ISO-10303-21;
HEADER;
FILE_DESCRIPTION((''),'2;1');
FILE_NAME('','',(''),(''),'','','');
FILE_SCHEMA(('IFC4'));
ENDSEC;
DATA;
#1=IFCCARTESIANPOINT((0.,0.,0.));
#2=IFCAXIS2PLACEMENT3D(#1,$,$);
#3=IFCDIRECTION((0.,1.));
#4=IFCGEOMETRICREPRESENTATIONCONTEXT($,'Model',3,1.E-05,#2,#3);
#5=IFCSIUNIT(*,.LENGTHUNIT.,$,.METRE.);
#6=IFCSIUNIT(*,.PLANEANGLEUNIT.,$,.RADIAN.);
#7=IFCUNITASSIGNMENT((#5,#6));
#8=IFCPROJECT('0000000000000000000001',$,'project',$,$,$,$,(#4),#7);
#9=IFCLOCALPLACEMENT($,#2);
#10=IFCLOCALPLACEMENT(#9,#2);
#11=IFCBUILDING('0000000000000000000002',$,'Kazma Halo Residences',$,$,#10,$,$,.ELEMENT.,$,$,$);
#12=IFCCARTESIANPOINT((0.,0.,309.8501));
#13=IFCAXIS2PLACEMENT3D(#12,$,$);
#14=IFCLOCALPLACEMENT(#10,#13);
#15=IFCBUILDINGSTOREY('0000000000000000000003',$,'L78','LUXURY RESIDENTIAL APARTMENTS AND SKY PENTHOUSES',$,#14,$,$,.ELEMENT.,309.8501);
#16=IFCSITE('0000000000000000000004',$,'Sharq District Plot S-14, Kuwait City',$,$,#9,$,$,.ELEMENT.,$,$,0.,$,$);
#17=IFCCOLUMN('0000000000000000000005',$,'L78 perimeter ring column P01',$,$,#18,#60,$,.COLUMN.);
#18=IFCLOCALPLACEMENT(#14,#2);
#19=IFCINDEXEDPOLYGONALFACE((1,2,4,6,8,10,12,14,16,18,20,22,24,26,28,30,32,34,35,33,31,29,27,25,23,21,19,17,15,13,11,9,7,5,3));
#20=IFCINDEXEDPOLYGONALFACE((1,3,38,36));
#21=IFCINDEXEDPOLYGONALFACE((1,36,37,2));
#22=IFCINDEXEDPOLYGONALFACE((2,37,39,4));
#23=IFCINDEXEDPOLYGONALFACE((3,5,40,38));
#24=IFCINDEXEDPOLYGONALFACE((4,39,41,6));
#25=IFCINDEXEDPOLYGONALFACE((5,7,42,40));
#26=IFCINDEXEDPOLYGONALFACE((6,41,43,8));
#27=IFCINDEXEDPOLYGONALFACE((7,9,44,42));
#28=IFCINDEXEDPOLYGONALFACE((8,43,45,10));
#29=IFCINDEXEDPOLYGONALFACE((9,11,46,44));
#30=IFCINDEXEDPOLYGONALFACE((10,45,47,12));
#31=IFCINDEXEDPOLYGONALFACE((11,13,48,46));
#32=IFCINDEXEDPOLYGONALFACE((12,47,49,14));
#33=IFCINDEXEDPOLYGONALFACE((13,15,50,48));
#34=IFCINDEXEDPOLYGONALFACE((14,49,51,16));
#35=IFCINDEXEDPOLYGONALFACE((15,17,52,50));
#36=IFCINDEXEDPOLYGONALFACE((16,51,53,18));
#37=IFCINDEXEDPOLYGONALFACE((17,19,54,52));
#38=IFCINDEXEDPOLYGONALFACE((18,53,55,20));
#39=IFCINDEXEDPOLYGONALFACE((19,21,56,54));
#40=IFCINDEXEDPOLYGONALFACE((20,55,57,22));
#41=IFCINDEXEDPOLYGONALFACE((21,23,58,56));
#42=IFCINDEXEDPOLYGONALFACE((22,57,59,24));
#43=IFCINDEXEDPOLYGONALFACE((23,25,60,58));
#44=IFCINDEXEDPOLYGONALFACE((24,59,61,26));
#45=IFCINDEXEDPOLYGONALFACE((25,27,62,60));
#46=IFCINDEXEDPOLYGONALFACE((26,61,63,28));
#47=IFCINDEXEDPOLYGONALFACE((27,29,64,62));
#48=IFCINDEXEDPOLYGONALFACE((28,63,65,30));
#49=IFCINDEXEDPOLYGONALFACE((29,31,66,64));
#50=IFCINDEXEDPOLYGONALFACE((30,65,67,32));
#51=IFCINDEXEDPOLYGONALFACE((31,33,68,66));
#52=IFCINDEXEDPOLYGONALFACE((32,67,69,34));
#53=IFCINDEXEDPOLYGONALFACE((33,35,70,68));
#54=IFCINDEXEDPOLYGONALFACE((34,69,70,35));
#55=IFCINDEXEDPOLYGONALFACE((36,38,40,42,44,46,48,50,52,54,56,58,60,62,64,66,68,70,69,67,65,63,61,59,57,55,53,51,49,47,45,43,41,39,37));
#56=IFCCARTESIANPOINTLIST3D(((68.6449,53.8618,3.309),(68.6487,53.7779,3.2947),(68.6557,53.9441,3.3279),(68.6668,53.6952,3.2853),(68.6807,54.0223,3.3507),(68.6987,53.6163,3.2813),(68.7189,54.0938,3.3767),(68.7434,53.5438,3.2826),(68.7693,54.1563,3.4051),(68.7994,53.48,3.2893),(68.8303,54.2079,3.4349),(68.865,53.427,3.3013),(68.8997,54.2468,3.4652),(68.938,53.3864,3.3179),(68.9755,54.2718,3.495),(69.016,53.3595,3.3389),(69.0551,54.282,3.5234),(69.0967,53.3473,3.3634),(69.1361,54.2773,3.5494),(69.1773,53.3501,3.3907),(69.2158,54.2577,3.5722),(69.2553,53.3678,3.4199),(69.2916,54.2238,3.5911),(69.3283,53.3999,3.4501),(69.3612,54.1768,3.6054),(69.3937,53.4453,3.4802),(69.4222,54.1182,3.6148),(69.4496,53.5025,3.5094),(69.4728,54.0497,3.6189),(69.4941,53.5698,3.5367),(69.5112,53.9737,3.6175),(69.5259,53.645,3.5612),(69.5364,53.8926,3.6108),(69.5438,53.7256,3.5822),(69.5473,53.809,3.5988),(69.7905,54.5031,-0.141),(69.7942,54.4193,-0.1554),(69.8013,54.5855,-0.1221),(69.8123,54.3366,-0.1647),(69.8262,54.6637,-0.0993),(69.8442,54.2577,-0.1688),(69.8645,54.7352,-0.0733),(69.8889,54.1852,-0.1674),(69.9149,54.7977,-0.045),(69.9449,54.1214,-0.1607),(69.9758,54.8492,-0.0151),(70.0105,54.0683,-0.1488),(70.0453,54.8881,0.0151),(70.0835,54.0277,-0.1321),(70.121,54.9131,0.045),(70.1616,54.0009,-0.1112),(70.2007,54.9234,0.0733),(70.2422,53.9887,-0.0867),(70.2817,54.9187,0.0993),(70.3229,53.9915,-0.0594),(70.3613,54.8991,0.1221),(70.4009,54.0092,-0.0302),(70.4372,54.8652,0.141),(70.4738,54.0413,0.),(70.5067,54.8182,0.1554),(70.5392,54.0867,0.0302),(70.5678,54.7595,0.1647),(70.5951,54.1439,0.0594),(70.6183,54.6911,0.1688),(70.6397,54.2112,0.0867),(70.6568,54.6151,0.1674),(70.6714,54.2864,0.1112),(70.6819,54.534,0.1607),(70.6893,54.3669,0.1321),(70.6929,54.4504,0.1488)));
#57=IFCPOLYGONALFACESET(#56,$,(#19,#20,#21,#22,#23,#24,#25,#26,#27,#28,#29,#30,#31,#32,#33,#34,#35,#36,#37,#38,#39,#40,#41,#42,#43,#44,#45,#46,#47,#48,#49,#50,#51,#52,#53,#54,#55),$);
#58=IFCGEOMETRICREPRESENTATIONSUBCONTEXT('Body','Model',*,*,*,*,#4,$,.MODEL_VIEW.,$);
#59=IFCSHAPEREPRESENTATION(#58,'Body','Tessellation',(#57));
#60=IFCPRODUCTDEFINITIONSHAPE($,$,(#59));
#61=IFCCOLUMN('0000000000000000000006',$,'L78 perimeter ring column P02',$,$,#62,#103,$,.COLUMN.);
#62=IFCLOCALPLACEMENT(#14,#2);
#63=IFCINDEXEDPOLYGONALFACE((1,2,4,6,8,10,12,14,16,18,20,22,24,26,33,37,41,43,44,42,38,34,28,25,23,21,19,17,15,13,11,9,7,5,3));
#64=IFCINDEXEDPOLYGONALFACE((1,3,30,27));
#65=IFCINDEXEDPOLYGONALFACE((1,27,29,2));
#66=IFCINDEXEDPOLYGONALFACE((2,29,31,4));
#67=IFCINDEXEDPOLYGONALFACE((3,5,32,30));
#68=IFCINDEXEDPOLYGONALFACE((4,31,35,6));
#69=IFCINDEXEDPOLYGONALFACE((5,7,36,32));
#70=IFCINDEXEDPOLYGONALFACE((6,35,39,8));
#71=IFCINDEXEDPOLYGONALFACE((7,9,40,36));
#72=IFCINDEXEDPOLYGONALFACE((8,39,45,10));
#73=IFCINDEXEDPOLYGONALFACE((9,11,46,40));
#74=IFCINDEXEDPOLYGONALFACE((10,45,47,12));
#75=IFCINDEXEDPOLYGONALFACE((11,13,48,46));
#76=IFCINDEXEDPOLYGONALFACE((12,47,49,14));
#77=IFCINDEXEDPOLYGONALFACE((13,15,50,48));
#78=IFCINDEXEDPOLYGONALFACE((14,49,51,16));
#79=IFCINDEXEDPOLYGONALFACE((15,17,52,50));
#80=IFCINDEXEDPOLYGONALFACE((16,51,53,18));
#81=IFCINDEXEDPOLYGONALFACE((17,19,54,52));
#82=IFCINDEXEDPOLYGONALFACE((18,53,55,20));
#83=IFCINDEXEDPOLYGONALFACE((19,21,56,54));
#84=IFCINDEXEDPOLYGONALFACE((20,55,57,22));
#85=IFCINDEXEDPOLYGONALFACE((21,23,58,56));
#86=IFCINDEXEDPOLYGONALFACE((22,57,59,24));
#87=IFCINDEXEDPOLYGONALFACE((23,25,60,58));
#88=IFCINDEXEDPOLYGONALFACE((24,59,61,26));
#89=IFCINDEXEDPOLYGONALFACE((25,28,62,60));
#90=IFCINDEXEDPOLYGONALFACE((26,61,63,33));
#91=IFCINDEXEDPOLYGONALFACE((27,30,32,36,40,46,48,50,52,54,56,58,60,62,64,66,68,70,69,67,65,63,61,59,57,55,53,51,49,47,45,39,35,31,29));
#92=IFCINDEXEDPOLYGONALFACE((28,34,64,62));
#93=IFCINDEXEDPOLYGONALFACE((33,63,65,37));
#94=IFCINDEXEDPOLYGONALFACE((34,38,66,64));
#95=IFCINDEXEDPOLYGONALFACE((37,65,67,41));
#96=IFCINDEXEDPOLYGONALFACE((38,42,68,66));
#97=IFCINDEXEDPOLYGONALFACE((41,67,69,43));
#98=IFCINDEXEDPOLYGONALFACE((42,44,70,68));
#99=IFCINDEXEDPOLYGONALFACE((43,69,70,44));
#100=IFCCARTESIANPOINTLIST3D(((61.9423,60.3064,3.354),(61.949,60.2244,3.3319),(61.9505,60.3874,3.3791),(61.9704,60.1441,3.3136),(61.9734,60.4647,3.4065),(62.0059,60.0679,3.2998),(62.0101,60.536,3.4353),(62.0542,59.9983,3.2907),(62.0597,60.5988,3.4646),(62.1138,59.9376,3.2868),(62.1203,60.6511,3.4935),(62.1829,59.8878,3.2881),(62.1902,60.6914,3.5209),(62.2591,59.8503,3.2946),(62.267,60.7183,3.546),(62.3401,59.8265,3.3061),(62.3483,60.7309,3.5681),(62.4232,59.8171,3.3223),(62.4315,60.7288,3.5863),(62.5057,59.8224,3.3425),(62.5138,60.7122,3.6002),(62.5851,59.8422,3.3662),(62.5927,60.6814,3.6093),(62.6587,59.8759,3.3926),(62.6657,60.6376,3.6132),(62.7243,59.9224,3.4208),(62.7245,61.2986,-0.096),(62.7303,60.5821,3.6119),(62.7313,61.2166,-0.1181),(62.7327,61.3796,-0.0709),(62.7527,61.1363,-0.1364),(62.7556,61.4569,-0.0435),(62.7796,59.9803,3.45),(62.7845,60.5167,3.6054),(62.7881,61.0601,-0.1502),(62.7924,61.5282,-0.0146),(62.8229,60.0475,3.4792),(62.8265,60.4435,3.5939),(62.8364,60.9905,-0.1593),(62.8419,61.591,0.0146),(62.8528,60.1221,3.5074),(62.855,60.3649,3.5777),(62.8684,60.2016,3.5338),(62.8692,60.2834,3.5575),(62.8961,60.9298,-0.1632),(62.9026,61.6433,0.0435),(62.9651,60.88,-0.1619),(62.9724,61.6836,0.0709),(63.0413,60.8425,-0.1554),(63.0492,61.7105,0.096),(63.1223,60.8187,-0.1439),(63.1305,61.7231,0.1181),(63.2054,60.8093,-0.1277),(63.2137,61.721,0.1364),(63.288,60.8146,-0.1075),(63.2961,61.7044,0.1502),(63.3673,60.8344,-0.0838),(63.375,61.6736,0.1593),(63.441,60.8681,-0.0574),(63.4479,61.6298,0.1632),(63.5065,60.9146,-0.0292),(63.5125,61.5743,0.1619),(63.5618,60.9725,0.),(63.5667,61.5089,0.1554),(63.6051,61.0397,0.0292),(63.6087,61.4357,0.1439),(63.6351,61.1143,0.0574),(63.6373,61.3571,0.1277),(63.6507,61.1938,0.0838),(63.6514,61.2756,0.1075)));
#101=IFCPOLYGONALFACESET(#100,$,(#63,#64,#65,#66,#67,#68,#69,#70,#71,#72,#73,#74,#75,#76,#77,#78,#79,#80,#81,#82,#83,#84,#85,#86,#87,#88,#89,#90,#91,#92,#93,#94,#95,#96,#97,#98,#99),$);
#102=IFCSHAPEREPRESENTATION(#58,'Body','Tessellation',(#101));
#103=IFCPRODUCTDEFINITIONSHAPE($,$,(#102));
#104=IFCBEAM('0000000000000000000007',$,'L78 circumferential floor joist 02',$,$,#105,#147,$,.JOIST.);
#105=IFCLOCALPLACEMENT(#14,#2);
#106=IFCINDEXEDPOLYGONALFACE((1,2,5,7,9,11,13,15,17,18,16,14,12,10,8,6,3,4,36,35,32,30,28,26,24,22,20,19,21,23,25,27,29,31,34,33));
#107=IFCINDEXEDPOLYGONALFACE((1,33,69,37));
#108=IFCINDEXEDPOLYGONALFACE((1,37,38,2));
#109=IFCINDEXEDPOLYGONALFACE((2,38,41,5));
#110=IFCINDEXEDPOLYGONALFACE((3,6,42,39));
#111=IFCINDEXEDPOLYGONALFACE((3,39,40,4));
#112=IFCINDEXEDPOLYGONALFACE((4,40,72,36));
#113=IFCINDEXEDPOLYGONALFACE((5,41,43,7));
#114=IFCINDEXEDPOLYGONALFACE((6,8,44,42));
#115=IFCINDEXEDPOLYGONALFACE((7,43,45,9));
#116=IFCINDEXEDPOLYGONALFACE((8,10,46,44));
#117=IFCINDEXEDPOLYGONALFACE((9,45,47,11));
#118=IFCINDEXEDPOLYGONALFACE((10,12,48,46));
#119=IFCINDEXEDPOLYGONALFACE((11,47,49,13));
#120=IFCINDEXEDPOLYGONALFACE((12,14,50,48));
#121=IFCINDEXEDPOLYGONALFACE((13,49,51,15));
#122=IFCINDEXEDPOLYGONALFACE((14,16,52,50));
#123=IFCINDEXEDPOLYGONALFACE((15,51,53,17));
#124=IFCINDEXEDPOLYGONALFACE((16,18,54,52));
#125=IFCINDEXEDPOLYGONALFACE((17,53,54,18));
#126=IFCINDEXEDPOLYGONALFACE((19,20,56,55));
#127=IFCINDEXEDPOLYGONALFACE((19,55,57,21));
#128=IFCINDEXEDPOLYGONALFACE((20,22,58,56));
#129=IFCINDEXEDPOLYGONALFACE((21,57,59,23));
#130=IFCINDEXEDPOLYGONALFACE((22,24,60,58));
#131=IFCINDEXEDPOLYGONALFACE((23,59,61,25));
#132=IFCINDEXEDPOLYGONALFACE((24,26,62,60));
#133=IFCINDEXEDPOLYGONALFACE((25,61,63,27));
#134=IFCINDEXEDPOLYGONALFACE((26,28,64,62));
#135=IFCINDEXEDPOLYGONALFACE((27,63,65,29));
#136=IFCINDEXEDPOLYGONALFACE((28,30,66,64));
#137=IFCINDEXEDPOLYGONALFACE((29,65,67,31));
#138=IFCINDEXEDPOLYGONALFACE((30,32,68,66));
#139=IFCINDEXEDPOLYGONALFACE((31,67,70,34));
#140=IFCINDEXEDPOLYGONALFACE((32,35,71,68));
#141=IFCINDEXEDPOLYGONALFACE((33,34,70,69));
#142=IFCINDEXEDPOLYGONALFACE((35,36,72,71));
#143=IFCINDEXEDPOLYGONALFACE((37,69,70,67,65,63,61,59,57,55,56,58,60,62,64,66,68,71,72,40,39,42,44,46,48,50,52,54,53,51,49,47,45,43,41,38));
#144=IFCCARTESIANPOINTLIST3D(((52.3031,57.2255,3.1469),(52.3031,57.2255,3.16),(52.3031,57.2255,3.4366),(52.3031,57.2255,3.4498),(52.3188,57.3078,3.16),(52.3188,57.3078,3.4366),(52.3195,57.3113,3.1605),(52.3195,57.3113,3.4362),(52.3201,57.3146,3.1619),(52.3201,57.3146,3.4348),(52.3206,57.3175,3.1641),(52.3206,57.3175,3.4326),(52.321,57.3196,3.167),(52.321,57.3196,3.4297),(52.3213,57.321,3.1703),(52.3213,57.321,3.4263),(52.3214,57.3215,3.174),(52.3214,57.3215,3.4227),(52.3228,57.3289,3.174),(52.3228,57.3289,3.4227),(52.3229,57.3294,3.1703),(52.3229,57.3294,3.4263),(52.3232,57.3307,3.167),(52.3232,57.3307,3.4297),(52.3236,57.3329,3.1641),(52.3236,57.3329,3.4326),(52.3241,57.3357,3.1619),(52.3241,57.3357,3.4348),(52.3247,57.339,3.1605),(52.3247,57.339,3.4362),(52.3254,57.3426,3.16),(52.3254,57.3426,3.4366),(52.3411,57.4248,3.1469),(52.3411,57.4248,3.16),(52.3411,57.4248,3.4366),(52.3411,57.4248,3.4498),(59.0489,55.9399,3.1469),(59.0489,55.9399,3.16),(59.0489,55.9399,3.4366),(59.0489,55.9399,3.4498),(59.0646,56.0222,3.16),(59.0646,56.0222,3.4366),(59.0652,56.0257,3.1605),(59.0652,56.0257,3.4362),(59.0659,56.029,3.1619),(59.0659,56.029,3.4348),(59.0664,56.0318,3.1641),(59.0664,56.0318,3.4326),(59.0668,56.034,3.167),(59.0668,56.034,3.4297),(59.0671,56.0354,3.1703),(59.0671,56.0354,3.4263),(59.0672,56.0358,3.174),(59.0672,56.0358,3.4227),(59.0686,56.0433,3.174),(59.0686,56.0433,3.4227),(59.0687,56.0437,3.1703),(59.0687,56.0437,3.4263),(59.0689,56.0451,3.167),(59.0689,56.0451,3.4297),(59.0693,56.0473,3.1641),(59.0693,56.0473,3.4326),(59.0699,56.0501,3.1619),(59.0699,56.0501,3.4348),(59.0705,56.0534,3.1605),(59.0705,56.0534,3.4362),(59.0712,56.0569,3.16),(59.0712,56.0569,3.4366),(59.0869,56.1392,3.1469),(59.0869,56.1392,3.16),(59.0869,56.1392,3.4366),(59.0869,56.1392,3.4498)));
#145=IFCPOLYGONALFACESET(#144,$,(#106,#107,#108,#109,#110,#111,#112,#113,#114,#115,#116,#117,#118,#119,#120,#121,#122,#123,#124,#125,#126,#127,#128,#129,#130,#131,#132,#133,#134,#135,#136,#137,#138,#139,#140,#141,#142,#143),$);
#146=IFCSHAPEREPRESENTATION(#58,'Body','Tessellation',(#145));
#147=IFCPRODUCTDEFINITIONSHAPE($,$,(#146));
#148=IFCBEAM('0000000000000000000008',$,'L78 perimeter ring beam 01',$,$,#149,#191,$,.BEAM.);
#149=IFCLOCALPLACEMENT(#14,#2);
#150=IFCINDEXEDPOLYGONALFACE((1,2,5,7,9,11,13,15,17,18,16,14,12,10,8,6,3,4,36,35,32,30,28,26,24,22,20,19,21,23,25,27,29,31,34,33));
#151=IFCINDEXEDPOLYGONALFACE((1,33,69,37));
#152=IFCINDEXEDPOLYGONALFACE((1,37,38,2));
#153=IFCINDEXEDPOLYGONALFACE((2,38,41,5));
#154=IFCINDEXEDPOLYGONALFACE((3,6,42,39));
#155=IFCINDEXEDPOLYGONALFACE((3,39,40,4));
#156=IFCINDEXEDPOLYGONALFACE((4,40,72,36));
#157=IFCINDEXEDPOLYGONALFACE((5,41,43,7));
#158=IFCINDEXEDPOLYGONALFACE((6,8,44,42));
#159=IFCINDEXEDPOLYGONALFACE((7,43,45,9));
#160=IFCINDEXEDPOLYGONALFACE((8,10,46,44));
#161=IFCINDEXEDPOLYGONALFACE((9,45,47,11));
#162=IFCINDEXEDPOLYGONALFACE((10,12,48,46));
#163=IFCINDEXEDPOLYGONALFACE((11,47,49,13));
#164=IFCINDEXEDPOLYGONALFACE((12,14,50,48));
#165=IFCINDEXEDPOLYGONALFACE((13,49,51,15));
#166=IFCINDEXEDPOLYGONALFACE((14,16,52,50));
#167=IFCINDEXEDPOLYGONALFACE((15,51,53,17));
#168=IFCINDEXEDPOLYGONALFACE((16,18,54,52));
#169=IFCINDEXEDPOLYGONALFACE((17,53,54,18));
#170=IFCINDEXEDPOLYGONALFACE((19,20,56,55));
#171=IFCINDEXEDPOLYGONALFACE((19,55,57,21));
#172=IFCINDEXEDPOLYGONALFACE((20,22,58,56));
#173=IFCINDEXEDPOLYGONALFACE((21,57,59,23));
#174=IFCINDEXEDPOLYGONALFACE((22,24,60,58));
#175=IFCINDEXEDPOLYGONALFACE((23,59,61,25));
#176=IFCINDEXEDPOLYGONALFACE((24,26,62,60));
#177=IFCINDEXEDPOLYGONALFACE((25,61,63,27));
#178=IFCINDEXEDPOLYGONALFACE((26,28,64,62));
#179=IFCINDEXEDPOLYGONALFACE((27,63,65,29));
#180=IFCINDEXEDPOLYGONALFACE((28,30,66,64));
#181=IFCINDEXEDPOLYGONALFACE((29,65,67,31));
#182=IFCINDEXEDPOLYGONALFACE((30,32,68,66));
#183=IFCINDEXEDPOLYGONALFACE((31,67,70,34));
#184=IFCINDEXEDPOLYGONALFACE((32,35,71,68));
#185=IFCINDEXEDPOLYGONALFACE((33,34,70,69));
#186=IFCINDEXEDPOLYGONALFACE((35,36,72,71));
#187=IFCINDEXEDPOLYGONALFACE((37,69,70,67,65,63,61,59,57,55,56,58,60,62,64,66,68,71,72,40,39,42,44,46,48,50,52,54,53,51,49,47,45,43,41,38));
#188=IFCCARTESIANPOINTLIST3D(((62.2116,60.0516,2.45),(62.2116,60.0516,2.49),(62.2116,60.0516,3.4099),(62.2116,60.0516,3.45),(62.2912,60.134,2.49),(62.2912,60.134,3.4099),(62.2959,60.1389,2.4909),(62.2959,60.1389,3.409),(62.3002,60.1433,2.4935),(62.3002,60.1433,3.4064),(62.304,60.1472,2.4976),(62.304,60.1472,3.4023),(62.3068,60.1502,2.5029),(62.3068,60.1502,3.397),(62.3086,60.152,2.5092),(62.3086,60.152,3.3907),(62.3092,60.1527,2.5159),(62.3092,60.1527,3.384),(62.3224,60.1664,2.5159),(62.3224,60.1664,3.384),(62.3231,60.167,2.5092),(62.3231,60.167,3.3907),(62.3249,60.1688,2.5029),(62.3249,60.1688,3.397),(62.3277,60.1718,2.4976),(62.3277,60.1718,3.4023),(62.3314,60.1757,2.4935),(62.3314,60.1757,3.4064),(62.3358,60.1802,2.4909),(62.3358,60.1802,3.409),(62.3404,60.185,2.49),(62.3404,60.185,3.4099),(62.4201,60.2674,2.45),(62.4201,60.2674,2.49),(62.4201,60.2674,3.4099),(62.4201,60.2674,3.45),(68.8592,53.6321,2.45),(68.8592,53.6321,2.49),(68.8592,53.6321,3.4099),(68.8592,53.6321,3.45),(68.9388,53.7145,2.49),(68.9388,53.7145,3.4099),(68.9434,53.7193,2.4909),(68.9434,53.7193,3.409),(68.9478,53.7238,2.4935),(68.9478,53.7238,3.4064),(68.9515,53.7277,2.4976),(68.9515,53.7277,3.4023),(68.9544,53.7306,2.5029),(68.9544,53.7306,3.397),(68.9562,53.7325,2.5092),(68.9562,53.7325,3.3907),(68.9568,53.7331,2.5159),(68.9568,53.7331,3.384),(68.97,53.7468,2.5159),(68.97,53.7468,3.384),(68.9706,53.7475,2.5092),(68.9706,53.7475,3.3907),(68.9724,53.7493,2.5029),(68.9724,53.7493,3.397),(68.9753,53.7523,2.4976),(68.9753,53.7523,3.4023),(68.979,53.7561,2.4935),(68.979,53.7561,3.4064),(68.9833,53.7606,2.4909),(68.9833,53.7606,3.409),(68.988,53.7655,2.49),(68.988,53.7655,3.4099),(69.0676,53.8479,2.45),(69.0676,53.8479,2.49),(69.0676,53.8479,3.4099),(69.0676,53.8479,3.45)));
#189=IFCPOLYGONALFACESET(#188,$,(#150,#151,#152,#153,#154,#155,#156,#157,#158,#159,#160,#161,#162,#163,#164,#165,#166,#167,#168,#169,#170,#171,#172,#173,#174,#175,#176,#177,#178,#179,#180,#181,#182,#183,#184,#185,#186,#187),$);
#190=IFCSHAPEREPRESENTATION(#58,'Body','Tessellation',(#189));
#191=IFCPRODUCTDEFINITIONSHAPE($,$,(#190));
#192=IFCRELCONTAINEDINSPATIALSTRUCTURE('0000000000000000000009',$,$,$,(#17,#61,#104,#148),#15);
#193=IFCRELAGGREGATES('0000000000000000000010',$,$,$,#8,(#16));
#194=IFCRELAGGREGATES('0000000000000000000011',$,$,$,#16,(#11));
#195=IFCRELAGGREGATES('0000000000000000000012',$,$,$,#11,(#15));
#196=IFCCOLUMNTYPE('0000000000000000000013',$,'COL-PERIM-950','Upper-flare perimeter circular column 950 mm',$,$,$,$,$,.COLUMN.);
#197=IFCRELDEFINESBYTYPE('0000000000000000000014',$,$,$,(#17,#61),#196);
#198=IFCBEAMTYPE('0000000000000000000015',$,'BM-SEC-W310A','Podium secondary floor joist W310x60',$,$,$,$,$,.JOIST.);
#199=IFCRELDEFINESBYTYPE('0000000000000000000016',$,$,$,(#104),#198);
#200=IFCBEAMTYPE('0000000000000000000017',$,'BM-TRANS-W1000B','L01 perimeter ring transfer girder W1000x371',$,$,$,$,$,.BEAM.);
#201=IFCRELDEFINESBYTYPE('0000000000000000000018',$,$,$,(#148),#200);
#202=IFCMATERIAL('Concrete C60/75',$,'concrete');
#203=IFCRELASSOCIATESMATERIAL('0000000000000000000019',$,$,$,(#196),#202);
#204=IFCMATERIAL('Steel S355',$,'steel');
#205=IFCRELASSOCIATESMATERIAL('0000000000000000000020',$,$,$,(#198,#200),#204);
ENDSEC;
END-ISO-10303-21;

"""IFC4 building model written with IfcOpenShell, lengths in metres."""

from ifc_helpers import new_model, si_unit, direction, frame, origin, origin_2d, place, context, subcontext, project, spatial, circle, i_section, extrude, material, material_profile, profile_set, type_object, element, save


model = new_model("IFC4")

# Units and contexts
model_context = context("Model", 3, precision=1e-05, world=origin(), true_north=direction((0.0, 1.0)))
body_context = subcontext(model_context, "Body", "Model", "MODEL_VIEW")
ifc_project = project(units=[si_unit("LENGTHUNIT", "METRE"), si_unit("PLANEANGLEUNIT", "RADIAN")], contexts=[model_context])

# Site, building, storey
site_placement = place(None, origin())
site = spatial("IfcSite", under=ifc_project, at=site_placement, Name="Sharq District Plot S-14, Kuwait City", CompositionType="ELEMENT", RefElevation=0.0)
building_placement = place(site_placement, origin())
building = spatial("IfcBuilding", under=site, at=building_placement, Name="Kazma Halo Residences", CompositionType="ELEMENT")
storey_placement = place(building_placement, frame((0.0, 0.0, 309.8501)))
storey = spatial("IfcBuildingStorey", under=building, at=storey_placement, Name="L78", Description="LUXURY RESIDENTIAL APARTMENTS AND SKY PENTHOUSES", CompositionType="ELEMENT", Elevation=309.8501)

# Columns
ifc_material_1 = material(Name="Concrete C60/75", Category="concrete")
ifc_material_profile_1 = material_profile(ifc_material_1, circle(Radius=0.4751, at=origin_2d()), Name="CIRC950")
ifc_profile_set_1 = profile_set([ifc_material_profile_1], Name="Concrete C60/75")
column_type = type_object("IfcColumnType", Name="COL-PERIM-950", Description="Upper-flare perimeter circular column 950 mm", PredefinedType="COLUMN", material=ifc_profile_set_1)
column_1_placement = place(storey_placement, frame((70.2417, 54.4558, 0.0), z_axis=(-0.310326, -0.173748, 0.934617), x_axis=(0.48853, -0.872547, 0.0)))
element("IfcColumn", 1, at=column_1_placement, inside=storey, type_object=column_type, Name="L78 perimeter ring column P01", PredefinedType="COLUMN", context=body_context, shape_type="SweptSolid", body=[
    extrude(circle(Radius=0.4751, at=origin_2d()), origin(), (0.0, 0.0, 1.0), 3.6914),
])
column_2_placement = place(storey_placement, frame((63.1887, 61.2666, 0.0), z_axis=(-0.212907, -0.270054, 0.939011), x_axis=(0.785298, -0.619118, 0.0)))
element("IfcColumn", 2, at=column_2_placement, inside=storey, type_object=column_type, Name="L78 perimeter ring column P02", PredefinedType="COLUMN", context=body_context, shape_type="SweptSolid", body=[
    extrude(circle(Radius=0.4751, at=origin_2d()), origin(), (0.0, 0.0, 1.0), 3.6741),
])

# Beams
ifc_material_2 = material(Name="Steel S355", Category="steel")
ifc_material_profile_2 = material_profile(ifc_material_2, i_section(OverallWidth=0.2029, OverallDepth=0.303, WebThickness=0.0076, FlangeThickness=0.0132, FilletRadius=0.0139, at=origin_2d()), Name="W310x60")
ifc_profile_set_2 = profile_set([ifc_material_profile_2], Name="Steel S355")
beam_type_1 = type_object("IfcBeamType", Name="BM-SEC-W310A", Description="Podium secondary floor joist W310x60", PredefinedType="JOIST", material=ifc_profile_set_2)
beam_1_placement = place(storey_placement, frame((59.0679, 56.0396, 3.2983), z_axis=(-0.982319, 0.187213, 0.0), x_axis=(-0.187213, -0.982319, 0.0)))
element("IfcBeam", 3, at=beam_1_placement, inside=storey, type_object=beam_type_1, Name="L78 circumferential floor joist 02", PredefinedType="JOIST", context=body_context, shape_type="SweptSolid", body=[
    extrude(i_section(OverallWidth=0.2029, OverallDepth=0.303, WebThickness=0.0076, FlangeThickness=0.0132, FilletRadius=0.0139, at=origin_2d()), origin(), (0.0, 0.0, 1.0), 6.8672),
])
ifc_material_profile_3 = material_profile(ifc_material_2, i_section(OverallWidth=0.3, OverallDepth=1.0, WebThickness=0.019, FlangeThickness=0.04, FilletRadius=0.0259, at=origin_2d()), Name="W1000x371")
ifc_profile_set_3 = profile_set([ifc_material_profile_3], Name="Steel S355")
beam_type_2 = type_object("IfcBeamType", Name="BM-TRANS-W1000B", Description="L01 perimeter ring transfer girder W1000x371", PredefinedType="BEAM", material=ifc_profile_set_3)
beam_2_placement = place(storey_placement, frame((68.9634, 53.74, 2.95), z_axis=(-0.719337, 0.694661, 0.0), x_axis=(-0.694661, -0.719337, 0.0)))
element("IfcBeam", 4, at=beam_2_placement, inside=storey, type_object=beam_type_2, Name="L78 perimeter ring beam 01", PredefinedType="BEAM", context=body_context, shape_type="SweptSolid", body=[
    extrude(i_section(OverallWidth=0.3, OverallDepth=1.0, WebThickness=0.019, FlangeThickness=0.04, FilletRadius=0.0259, at=origin_2d()), origin(), (0.0, 0.0, 1.0), 9.2412),
])

save(model, "model.ifc")
